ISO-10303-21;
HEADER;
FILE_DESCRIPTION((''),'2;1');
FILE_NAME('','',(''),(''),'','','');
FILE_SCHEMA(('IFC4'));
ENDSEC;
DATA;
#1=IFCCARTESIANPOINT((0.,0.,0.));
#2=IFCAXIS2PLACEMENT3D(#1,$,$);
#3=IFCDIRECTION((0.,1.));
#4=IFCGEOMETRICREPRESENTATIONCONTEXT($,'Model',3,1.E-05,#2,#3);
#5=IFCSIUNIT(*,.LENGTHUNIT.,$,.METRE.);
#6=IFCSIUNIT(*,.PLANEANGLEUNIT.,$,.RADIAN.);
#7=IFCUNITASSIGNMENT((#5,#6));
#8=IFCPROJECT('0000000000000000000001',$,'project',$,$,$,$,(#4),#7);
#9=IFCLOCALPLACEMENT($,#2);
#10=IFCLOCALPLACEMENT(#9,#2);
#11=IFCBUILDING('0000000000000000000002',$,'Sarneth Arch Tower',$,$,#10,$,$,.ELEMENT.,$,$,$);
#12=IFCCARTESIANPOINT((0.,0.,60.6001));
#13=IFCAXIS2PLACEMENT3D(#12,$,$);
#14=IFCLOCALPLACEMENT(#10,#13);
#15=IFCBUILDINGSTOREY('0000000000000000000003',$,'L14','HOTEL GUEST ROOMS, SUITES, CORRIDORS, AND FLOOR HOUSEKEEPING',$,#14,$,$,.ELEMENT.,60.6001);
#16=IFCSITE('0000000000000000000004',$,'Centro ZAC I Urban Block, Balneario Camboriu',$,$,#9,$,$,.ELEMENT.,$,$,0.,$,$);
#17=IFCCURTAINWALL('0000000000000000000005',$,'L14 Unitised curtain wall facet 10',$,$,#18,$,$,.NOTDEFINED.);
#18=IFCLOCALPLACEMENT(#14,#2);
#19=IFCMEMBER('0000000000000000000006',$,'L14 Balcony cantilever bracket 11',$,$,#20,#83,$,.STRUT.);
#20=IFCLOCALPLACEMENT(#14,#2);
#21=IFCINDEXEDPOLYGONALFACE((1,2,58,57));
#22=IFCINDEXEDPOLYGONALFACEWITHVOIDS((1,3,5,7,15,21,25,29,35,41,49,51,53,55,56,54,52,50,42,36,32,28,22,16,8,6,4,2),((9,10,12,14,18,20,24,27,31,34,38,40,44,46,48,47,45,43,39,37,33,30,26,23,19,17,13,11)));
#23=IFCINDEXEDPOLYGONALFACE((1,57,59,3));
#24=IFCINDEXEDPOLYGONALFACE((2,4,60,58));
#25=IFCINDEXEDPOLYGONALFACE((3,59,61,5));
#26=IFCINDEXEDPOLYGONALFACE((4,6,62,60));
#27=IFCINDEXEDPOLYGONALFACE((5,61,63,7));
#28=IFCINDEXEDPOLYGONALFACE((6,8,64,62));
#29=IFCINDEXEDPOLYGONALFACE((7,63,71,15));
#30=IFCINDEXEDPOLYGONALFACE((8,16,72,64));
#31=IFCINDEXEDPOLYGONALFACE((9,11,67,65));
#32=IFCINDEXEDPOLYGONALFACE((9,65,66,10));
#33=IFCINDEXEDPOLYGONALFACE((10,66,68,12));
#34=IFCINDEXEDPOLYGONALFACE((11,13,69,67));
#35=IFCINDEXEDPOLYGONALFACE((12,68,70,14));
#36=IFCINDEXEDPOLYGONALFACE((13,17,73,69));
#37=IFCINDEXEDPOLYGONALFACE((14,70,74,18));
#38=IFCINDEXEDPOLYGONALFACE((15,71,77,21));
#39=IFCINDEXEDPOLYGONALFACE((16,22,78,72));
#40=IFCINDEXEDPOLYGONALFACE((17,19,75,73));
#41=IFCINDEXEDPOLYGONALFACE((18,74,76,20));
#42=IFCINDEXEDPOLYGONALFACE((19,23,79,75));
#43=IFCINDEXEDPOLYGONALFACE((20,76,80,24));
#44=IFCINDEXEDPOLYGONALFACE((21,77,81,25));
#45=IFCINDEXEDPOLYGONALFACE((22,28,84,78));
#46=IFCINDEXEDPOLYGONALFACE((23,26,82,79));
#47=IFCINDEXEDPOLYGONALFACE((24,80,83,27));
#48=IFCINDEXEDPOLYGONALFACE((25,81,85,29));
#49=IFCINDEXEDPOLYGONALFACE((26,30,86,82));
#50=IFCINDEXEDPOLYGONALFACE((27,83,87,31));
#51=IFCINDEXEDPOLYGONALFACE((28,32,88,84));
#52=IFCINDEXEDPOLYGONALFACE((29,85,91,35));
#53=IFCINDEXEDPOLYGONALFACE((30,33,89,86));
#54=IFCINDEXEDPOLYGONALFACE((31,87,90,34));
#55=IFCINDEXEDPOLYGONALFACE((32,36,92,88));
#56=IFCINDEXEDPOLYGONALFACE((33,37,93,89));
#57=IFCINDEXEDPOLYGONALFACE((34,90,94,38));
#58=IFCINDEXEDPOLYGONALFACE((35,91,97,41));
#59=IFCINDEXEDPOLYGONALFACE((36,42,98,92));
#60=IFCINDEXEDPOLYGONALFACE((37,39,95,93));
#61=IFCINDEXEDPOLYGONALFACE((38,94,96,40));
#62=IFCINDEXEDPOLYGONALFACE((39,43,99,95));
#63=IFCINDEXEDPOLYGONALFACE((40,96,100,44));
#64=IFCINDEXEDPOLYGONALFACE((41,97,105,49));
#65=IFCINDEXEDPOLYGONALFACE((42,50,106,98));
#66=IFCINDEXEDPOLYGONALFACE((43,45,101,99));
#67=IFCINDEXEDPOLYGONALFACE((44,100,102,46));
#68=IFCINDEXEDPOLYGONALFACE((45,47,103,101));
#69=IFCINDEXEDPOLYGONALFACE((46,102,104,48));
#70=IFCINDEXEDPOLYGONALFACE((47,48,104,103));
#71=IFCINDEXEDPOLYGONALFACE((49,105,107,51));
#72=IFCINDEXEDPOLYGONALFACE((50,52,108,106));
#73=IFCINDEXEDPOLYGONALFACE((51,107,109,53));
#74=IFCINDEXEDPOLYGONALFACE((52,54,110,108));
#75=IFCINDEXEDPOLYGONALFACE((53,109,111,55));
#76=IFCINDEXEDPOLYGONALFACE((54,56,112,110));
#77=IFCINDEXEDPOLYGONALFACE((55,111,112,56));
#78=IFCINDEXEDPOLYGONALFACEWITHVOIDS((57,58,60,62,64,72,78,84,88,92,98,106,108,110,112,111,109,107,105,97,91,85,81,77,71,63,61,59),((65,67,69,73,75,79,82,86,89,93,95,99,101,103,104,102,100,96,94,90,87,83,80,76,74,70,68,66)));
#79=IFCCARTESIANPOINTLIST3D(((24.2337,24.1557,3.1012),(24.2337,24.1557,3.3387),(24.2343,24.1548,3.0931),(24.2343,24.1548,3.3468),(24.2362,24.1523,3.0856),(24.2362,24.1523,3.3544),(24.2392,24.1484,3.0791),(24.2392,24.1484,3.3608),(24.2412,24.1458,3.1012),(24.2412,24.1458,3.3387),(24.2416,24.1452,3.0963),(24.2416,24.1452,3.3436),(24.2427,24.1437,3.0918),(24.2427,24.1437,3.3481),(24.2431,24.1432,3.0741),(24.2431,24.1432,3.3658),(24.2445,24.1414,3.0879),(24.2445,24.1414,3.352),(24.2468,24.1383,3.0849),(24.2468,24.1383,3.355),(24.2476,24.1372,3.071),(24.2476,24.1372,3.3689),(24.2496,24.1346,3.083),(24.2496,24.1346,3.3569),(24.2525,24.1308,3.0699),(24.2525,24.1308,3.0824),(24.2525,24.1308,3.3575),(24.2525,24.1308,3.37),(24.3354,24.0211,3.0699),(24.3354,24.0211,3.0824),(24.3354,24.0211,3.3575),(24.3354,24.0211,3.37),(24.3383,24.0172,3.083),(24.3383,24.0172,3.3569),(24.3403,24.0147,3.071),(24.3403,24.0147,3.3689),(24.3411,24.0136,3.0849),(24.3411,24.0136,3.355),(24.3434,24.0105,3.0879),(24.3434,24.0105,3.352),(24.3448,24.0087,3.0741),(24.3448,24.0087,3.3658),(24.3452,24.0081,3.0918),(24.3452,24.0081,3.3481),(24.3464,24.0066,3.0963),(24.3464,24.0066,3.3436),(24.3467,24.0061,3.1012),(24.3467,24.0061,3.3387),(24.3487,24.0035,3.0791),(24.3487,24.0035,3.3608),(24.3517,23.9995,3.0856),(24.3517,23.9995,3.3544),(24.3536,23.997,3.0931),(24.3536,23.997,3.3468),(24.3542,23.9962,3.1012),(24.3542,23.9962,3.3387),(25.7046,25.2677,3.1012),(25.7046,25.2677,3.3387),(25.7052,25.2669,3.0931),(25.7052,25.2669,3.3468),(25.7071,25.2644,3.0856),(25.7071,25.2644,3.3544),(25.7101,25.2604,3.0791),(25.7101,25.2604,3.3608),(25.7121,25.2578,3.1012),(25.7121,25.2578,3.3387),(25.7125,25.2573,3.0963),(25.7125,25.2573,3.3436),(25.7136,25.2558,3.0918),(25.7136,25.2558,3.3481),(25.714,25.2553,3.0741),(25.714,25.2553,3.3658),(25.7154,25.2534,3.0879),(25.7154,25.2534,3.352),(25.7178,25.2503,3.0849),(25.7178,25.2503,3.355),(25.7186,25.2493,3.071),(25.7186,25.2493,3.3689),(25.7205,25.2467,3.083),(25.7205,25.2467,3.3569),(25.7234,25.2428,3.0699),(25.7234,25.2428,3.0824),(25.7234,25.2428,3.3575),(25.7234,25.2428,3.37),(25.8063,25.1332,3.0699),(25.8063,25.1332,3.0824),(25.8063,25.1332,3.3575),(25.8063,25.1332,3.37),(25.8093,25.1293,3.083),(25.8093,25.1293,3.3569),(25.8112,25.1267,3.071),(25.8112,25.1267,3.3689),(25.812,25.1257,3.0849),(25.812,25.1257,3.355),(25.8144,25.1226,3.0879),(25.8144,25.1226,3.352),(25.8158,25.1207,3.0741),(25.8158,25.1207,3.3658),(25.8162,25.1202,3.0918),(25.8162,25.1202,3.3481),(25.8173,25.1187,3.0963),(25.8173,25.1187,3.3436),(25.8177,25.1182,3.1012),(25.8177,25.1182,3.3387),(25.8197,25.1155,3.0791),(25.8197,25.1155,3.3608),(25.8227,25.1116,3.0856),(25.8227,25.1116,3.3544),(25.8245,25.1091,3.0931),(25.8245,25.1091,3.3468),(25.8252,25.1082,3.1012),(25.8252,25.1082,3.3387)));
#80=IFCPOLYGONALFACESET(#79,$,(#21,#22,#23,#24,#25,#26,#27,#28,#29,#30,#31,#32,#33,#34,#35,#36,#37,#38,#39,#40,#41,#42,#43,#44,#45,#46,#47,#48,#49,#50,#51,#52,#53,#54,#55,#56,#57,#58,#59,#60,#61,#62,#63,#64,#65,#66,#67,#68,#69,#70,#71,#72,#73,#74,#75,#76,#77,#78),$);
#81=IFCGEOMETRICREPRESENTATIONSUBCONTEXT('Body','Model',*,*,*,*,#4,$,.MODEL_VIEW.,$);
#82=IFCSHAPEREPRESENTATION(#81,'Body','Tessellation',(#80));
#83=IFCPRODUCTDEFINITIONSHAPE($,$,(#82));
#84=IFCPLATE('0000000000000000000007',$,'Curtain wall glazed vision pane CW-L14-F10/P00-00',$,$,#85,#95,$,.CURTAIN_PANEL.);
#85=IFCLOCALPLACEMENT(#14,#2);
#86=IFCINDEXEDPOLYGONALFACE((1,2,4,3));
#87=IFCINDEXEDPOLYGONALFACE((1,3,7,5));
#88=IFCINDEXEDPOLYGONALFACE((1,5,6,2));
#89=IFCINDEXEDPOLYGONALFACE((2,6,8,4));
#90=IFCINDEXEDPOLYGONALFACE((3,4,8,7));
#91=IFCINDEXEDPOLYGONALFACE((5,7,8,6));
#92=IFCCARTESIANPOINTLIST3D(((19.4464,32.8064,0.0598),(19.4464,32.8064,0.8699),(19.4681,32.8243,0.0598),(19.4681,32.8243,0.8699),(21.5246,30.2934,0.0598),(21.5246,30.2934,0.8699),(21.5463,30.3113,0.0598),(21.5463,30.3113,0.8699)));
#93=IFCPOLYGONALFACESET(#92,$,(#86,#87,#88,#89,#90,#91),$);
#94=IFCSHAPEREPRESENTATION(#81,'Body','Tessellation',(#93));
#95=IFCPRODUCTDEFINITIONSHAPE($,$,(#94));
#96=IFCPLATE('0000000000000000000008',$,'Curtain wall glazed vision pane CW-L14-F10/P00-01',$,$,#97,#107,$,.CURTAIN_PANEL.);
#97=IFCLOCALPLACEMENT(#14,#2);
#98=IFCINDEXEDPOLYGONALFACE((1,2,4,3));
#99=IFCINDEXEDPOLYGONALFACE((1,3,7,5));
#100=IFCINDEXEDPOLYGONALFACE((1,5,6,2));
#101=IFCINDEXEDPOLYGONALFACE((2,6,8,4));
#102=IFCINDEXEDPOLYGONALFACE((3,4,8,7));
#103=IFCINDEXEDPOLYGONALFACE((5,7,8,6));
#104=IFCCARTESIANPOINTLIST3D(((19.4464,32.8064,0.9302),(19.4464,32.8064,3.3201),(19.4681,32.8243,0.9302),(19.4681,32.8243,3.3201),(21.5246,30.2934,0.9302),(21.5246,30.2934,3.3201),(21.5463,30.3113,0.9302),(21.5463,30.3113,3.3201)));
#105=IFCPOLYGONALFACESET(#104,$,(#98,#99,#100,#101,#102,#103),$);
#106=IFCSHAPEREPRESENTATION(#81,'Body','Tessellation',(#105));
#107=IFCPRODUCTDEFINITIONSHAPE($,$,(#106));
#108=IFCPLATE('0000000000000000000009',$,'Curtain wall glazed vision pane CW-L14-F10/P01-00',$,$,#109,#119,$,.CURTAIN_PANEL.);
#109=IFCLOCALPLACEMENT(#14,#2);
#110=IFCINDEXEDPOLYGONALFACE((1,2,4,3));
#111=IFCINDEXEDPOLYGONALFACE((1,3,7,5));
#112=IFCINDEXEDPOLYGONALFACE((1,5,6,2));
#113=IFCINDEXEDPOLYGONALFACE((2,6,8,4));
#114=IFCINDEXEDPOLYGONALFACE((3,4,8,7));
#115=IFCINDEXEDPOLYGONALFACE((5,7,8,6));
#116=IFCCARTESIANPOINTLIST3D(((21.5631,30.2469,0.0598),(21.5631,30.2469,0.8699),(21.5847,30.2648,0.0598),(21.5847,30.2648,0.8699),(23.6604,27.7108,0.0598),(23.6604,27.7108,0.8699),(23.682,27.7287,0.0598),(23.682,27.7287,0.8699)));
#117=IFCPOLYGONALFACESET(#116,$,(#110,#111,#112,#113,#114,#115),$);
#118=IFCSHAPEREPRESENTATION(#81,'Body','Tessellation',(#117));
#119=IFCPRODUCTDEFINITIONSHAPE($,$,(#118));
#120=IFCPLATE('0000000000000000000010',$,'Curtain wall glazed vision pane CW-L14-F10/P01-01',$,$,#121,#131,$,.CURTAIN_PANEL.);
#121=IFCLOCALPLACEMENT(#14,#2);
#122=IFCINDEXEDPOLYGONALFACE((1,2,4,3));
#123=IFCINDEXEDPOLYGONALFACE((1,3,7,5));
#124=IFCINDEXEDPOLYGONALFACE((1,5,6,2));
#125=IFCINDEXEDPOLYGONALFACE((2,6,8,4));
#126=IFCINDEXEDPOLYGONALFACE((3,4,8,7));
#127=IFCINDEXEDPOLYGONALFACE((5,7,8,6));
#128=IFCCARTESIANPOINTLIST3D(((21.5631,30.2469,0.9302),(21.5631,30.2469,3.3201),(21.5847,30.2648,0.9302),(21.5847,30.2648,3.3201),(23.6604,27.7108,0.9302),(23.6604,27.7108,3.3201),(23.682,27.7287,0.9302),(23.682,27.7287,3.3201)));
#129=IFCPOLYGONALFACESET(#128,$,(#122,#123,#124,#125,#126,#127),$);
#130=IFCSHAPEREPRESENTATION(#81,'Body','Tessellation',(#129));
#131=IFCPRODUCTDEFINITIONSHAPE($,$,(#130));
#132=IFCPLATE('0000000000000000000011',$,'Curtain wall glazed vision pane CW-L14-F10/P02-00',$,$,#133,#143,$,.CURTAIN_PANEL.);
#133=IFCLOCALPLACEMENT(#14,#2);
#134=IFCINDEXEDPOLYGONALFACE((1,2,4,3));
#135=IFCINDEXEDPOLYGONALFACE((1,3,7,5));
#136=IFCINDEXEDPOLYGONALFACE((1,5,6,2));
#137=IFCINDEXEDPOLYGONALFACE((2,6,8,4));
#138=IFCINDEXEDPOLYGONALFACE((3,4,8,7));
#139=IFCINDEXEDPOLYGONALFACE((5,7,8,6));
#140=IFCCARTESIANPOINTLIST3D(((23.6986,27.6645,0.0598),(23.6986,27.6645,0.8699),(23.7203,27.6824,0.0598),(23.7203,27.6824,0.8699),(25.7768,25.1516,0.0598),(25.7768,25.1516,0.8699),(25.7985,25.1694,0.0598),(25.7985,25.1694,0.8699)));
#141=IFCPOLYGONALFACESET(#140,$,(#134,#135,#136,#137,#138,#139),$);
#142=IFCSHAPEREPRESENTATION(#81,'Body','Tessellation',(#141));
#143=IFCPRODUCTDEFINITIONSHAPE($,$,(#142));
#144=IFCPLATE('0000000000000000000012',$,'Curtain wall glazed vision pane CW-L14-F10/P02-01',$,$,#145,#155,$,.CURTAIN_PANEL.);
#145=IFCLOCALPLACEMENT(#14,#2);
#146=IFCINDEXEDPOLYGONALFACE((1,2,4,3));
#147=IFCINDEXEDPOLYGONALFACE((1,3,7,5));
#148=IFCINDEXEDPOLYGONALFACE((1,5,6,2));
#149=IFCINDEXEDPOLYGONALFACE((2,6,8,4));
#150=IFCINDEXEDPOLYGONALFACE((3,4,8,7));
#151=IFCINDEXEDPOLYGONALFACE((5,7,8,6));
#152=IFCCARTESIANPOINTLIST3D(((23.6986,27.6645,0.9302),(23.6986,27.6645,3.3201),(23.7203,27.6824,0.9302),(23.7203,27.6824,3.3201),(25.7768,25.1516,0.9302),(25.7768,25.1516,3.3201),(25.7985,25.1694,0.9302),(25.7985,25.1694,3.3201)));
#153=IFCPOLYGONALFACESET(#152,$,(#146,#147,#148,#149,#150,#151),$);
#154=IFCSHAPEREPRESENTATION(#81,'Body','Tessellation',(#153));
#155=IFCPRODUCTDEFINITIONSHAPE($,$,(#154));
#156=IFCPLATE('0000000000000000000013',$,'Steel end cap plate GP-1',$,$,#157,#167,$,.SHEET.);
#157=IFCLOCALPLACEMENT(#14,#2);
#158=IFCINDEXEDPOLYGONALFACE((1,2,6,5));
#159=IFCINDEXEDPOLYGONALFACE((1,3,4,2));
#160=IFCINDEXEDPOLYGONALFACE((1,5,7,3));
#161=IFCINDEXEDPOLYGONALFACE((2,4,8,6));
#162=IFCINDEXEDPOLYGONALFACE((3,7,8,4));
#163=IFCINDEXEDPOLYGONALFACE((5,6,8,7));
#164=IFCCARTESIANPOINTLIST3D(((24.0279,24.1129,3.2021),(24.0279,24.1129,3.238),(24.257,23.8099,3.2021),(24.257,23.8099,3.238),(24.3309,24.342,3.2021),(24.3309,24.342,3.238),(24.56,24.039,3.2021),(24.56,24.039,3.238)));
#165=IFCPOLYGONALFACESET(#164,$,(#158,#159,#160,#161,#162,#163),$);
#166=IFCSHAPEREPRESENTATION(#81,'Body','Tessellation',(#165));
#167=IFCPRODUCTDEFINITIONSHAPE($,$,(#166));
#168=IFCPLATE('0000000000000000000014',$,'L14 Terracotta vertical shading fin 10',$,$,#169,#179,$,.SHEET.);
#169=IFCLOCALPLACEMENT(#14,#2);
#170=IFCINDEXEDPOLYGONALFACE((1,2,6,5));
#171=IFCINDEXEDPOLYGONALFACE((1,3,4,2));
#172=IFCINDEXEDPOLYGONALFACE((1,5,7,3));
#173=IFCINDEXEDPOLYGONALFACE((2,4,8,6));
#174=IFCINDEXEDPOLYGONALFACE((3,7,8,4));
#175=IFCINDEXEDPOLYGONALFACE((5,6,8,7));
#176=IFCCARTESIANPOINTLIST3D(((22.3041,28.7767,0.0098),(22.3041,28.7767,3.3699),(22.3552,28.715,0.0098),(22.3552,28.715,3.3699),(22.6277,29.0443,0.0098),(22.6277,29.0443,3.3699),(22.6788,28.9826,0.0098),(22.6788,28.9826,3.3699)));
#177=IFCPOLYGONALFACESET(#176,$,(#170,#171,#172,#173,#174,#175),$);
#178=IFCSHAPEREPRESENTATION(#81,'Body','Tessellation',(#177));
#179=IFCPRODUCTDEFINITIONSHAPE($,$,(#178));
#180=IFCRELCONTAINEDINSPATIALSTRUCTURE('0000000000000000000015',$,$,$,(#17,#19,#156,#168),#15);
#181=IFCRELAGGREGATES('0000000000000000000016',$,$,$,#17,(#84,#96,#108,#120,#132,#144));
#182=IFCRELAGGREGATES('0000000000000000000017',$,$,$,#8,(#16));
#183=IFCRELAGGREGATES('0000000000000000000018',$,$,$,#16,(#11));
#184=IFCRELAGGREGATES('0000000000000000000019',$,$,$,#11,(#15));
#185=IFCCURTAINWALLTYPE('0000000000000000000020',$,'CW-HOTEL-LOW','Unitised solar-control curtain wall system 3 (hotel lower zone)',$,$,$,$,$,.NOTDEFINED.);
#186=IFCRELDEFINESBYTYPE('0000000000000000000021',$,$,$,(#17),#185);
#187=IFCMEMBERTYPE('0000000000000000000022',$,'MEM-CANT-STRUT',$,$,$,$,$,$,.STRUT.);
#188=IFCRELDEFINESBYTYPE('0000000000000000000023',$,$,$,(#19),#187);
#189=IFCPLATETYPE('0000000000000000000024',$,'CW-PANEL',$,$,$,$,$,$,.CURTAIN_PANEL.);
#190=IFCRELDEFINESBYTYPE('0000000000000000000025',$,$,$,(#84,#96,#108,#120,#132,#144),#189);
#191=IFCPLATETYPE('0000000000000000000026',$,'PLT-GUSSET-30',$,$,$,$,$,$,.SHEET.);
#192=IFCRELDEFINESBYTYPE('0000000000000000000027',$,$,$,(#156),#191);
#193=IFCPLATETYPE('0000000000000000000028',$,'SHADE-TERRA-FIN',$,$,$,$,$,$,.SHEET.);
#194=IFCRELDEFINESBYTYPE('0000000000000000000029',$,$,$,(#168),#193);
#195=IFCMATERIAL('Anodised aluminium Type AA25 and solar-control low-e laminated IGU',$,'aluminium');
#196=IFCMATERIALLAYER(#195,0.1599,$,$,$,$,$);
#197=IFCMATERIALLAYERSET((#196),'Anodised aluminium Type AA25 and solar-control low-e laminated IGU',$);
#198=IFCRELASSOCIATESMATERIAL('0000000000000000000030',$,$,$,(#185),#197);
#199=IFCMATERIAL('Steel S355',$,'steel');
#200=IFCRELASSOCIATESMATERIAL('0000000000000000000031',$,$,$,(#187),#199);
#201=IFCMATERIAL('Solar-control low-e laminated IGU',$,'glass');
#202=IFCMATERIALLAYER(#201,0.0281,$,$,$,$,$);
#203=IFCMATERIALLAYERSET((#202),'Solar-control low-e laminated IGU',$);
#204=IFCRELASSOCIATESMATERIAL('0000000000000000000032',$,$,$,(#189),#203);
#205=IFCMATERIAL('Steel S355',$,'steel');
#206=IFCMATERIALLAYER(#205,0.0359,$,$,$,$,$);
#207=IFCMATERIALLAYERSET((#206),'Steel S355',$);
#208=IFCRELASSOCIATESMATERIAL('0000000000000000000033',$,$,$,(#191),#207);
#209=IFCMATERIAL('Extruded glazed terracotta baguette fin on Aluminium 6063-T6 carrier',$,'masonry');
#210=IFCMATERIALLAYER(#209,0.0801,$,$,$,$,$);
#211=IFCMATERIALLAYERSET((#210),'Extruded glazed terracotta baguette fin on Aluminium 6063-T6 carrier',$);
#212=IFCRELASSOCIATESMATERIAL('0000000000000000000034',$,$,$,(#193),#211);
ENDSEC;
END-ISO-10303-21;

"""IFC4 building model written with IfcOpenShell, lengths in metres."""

from ifc_helpers import new_model, si_unit, direction, frame, origin, origin_2d, place, context, subcontext, project, spatial, rectangle, hollow_rectangle, extrude, material, layer, layer_set, material_profile, profile_set, type_object, element, aggregate, save


model = new_model("IFC4")

# Units and contexts
model_context = context("Model", 3, precision=1e-05, world=origin(), true_north=direction((0.0, 1.0)))
body_context = subcontext(model_context, "Body", "Model", "MODEL_VIEW")
ifc_project = project(units=[si_unit("LENGTHUNIT", "METRE"), si_unit("PLANEANGLEUNIT", "RADIAN")], contexts=[model_context])

# Site, building, storey
site_placement = place(None, origin())
site = spatial("IfcSite", under=ifc_project, at=site_placement, Name="Centro ZAC I Urban Block, Balneario Camboriu", CompositionType="ELEMENT", RefElevation=0.0)
building_placement = place(site_placement, origin())
building = spatial("IfcBuilding", under=site, at=building_placement, Name="Sarneth Arch Tower", CompositionType="ELEMENT")
storey_placement = place(building_placement, frame((0.0, 0.0, 60.6001)))
storey = spatial("IfcBuildingStorey", under=building, at=storey_placement, Name="L14", Description="HOTEL GUEST ROOMS, SUITES, CORRIDORS, AND FLOOR HOUSEKEEPING", CompositionType="ELEMENT", Elevation=60.6001)

# Curtain wall
ifc_material_1 = material(Name="Anodised aluminium Type AA25 and solar-control low-e laminated IGU", Category="aluminium")
ifc_layer_1 = layer(ifc_material_1, 0.1599)
ifc_layer_set_1 = layer_set([ifc_layer_1], Name="Anodised aluminium Type AA25 and solar-control low-e laminated IGU")
curtain_wall_type = type_object("IfcCurtainWallType", Name="CW-HOTEL-LOW", Description="Unitised solar-control curtain wall system 3 (hotel lower zone)", PredefinedType="NOTDEFINED", material=ifc_layer_set_1)
curtain_wall_placement = place(storey_placement, origin())
curtain_wall = element("IfcCurtainWall", 1, at=curtain_wall_placement, inside=storey, type_object=curtain_wall_type, Name="L14 Unitised curtain wall facet 10", PredefinedType="NOTDEFINED")

# Member
ifc_material_2 = material(Name="Steel S355", Category="steel")
ifc_material_profile_1 = material_profile(ifc_material_2, hollow_rectangle(XDim=0.2, YDim=0.3, WallThickness=0.0125, InnerFilletRadius=0.0188, OuterFilletRadius=0.0312, at=origin_2d()), Name="RHS300x200x12.5")
ifc_profile_set_1 = profile_set([ifc_material_profile_1], Name="Steel S355")
member_type_1 = type_object("IfcMemberType", Name="MEM-CANT-STRUT", PredefinedType="STRUT", material=ifc_profile_set_1)
member_1_placement = place(storey_placement, frame((25.7649, 25.188, 3.22), z_axis=(-0.79769, -0.603067, 0.0), x_axis=(0.603067, -0.79769, 0.0)))
element("IfcMember", 2, at=member_1_placement, inside=storey, type_object=member_type_1, Name="L14 Balcony cantilever bracket 11", PredefinedType="STRUT", context=body_context, shape_type="SweptSolid", body=[
    extrude(hollow_rectangle(XDim=0.2, YDim=0.3, WallThickness=0.0125, InnerFilletRadius=0.0188, OuterFilletRadius=0.0312, at=origin_2d()), origin(), (0.0, 0.0, 1.0), 1.844),
])

# Plates
ifc_material_3 = material(Name="Solar-control low-e laminated IGU", Category="glass")
ifc_layer_2 = layer(ifc_material_3, 0.0281)
ifc_layer_set_2 = layer_set([ifc_layer_2], Name="Solar-control low-e laminated IGU")
plate_type_1 = type_object("IfcPlateType", Name="CW-PANEL", PredefinedType="CURTAIN_PANEL", material=ifc_layer_set_2)
plate_1_placement = place(storey_placement, frame((20.4963, 31.5588, 0.0598), z_axis=(0.0, 0.0, 1.0), x_axis=(0.637291, -0.770623, 0.0)))
plate_1 = element("IfcPlate", 3, at=plate_1_placement, type_object=plate_type_1, Name="Curtain wall glazed vision pane CW-L14-F10/P00-00", PredefinedType="CURTAIN_PANEL", context=body_context, shape_type="SweptSolid", body=[
    extrude(rectangle(XDim=3.261, YDim=0.0281, at=origin_2d()), origin(), (0.0, 0.0, 1.0), 0.8101),
])
plate_2_placement = place(storey_placement, frame((20.4963, 31.5588, 0.9302), z_axis=(0.0, 0.0, 1.0), x_axis=(0.637291, -0.770623, 0.0)))
plate_2 = element("IfcPlate", 4, at=plate_2_placement, type_object=plate_type_1, Name="Curtain wall glazed vision pane CW-L14-F10/P00-01", PredefinedType="CURTAIN_PANEL", context=body_context, shape_type="SweptSolid", body=[
    extrude(rectangle(XDim=3.261, YDim=0.0281, at=origin_2d()), origin(), (0.0, 0.0, 1.0), 2.3899),
])
plate_3_placement = place(storey_placement, frame((22.6226, 28.9878, 0.0598), z_axis=(0.0, 0.0, 1.0), x_axis=(0.637291, -0.770623, 0.0)))
plate_3 = element("IfcPlate", 5, at=plate_3_placement, type_object=plate_type_1, Name="Curtain wall glazed vision pane CW-L14-F10/P01-00", PredefinedType="CURTAIN_PANEL", context=body_context, shape_type="SweptSolid", body=[
    extrude(rectangle(XDim=3.291, YDim=0.0281, at=origin_2d()), origin(), (0.0, 0.0, 1.0), 0.8101),
])
plate_4_placement = place(storey_placement, frame((22.6226, 28.9878, 0.9302), z_axis=(0.0, 0.0, 1.0), x_axis=(0.637291, -0.770623, 0.0)))
plate_4 = element("IfcPlate", 6, at=plate_4_placement, type_object=plate_type_1, Name="Curtain wall glazed vision pane CW-L14-F10/P01-01", PredefinedType="CURTAIN_PANEL", context=body_context, shape_type="SweptSolid", body=[
    extrude(rectangle(XDim=3.291, YDim=0.0281, at=origin_2d()), origin(), (0.0, 0.0, 1.0), 2.3899),
])
plate_5_placement = place(storey_placement, frame((24.7485, 26.417, 0.0598), z_axis=(0.0, 0.0, 1.0), x_axis=(0.637291, -0.770623, 0.0)))
plate_5 = element("IfcPlate", 7, at=plate_5_placement, type_object=plate_type_1, Name="Curtain wall glazed vision pane CW-L14-F10/P02-00", PredefinedType="CURTAIN_PANEL", context=body_context, shape_type="SweptSolid", body=[
    extrude(rectangle(XDim=3.261, YDim=0.0281, at=origin_2d()), origin(), (0.0, 0.0, 1.0), 0.8101),
])
plate_6_placement = place(storey_placement, frame((24.7485, 26.417, 0.9302), z_axis=(0.0, 0.0, 1.0), x_axis=(0.637291, -0.770623, 0.0)))
plate_6 = element("IfcPlate", 8, at=plate_6_placement, type_object=plate_type_1, Name="Curtain wall glazed vision pane CW-L14-F10/P02-01", PredefinedType="CURTAIN_PANEL", context=body_context, shape_type="SweptSolid", body=[
    extrude(rectangle(XDim=3.261, YDim=0.0281, at=origin_2d()), origin(), (0.0, 0.0, 1.0), 2.3899),
])
aggregate(curtain_wall, [plate_1, plate_2, plate_3, plate_4, plate_5, plate_6])

# Plates
ifc_material_4 = material(Name="Steel S355", Category="steel")
ifc_layer_3 = layer(ifc_material_4, 0.0359)
ifc_layer_set_3 = layer_set([ifc_layer_3], Name="Steel S355")
plate_type_2 = type_object("IfcPlateType", Name="PLT-GUSSET-30", PredefinedType="SHEET", material=ifc_layer_set_3)
plate_7_placement = place(storey_placement, frame((24.2939, 24.0759, 3.2021), z_axis=(0.0, 0.0, 1.0), x_axis=(-0.797689, -0.603069, 0.0)))
element("IfcPlate", 9, at=plate_7_placement, inside=storey, type_object=plate_type_2, Name="Steel end cap plate GP-1", PredefinedType="SHEET", context=body_context, shape_type="SweptSolid", body=[
    extrude(rectangle(XDim=0.3799, YDim=0.3799, at=origin_2d()), origin(), (0.0, 0.0, 1.0), 0.0359),
])
ifc_material_5 = material(Name="Extruded glazed terracotta baguette fin on Aluminium 6063-T6 carrier", Category="masonry")
ifc_layer_4 = layer(ifc_material_5, 0.0801)
ifc_layer_set_4 = layer_set([ifc_layer_4], Name="Extruded glazed terracotta baguette fin on Aluminium 6063-T6 carrier")
plate_type_3 = type_object("IfcPlateType", Name="SHADE-TERRA-FIN", PredefinedType="SHEET", material=ifc_layer_set_4)
plate_8_placement = place(storey_placement, frame((22.4915, 28.8796, 0.0098), z_axis=(0.0, 0.0, 1.0), x_axis=(-0.770624, -0.63729, 0.0)))
element("IfcPlate", 10, at=plate_8_placement, inside=storey, type_object=plate_type_3, Name="L14 Terracotta vertical shading fin 10", PredefinedType="SHEET", context=body_context, shape_type="SweptSolid", body=[
    extrude(rectangle(XDim=0.4199, YDim=0.0801, at=origin_2d()), origin(), (0.0, 0.0, 1.0), 3.3601),
])

save(model, "model.ifc")
